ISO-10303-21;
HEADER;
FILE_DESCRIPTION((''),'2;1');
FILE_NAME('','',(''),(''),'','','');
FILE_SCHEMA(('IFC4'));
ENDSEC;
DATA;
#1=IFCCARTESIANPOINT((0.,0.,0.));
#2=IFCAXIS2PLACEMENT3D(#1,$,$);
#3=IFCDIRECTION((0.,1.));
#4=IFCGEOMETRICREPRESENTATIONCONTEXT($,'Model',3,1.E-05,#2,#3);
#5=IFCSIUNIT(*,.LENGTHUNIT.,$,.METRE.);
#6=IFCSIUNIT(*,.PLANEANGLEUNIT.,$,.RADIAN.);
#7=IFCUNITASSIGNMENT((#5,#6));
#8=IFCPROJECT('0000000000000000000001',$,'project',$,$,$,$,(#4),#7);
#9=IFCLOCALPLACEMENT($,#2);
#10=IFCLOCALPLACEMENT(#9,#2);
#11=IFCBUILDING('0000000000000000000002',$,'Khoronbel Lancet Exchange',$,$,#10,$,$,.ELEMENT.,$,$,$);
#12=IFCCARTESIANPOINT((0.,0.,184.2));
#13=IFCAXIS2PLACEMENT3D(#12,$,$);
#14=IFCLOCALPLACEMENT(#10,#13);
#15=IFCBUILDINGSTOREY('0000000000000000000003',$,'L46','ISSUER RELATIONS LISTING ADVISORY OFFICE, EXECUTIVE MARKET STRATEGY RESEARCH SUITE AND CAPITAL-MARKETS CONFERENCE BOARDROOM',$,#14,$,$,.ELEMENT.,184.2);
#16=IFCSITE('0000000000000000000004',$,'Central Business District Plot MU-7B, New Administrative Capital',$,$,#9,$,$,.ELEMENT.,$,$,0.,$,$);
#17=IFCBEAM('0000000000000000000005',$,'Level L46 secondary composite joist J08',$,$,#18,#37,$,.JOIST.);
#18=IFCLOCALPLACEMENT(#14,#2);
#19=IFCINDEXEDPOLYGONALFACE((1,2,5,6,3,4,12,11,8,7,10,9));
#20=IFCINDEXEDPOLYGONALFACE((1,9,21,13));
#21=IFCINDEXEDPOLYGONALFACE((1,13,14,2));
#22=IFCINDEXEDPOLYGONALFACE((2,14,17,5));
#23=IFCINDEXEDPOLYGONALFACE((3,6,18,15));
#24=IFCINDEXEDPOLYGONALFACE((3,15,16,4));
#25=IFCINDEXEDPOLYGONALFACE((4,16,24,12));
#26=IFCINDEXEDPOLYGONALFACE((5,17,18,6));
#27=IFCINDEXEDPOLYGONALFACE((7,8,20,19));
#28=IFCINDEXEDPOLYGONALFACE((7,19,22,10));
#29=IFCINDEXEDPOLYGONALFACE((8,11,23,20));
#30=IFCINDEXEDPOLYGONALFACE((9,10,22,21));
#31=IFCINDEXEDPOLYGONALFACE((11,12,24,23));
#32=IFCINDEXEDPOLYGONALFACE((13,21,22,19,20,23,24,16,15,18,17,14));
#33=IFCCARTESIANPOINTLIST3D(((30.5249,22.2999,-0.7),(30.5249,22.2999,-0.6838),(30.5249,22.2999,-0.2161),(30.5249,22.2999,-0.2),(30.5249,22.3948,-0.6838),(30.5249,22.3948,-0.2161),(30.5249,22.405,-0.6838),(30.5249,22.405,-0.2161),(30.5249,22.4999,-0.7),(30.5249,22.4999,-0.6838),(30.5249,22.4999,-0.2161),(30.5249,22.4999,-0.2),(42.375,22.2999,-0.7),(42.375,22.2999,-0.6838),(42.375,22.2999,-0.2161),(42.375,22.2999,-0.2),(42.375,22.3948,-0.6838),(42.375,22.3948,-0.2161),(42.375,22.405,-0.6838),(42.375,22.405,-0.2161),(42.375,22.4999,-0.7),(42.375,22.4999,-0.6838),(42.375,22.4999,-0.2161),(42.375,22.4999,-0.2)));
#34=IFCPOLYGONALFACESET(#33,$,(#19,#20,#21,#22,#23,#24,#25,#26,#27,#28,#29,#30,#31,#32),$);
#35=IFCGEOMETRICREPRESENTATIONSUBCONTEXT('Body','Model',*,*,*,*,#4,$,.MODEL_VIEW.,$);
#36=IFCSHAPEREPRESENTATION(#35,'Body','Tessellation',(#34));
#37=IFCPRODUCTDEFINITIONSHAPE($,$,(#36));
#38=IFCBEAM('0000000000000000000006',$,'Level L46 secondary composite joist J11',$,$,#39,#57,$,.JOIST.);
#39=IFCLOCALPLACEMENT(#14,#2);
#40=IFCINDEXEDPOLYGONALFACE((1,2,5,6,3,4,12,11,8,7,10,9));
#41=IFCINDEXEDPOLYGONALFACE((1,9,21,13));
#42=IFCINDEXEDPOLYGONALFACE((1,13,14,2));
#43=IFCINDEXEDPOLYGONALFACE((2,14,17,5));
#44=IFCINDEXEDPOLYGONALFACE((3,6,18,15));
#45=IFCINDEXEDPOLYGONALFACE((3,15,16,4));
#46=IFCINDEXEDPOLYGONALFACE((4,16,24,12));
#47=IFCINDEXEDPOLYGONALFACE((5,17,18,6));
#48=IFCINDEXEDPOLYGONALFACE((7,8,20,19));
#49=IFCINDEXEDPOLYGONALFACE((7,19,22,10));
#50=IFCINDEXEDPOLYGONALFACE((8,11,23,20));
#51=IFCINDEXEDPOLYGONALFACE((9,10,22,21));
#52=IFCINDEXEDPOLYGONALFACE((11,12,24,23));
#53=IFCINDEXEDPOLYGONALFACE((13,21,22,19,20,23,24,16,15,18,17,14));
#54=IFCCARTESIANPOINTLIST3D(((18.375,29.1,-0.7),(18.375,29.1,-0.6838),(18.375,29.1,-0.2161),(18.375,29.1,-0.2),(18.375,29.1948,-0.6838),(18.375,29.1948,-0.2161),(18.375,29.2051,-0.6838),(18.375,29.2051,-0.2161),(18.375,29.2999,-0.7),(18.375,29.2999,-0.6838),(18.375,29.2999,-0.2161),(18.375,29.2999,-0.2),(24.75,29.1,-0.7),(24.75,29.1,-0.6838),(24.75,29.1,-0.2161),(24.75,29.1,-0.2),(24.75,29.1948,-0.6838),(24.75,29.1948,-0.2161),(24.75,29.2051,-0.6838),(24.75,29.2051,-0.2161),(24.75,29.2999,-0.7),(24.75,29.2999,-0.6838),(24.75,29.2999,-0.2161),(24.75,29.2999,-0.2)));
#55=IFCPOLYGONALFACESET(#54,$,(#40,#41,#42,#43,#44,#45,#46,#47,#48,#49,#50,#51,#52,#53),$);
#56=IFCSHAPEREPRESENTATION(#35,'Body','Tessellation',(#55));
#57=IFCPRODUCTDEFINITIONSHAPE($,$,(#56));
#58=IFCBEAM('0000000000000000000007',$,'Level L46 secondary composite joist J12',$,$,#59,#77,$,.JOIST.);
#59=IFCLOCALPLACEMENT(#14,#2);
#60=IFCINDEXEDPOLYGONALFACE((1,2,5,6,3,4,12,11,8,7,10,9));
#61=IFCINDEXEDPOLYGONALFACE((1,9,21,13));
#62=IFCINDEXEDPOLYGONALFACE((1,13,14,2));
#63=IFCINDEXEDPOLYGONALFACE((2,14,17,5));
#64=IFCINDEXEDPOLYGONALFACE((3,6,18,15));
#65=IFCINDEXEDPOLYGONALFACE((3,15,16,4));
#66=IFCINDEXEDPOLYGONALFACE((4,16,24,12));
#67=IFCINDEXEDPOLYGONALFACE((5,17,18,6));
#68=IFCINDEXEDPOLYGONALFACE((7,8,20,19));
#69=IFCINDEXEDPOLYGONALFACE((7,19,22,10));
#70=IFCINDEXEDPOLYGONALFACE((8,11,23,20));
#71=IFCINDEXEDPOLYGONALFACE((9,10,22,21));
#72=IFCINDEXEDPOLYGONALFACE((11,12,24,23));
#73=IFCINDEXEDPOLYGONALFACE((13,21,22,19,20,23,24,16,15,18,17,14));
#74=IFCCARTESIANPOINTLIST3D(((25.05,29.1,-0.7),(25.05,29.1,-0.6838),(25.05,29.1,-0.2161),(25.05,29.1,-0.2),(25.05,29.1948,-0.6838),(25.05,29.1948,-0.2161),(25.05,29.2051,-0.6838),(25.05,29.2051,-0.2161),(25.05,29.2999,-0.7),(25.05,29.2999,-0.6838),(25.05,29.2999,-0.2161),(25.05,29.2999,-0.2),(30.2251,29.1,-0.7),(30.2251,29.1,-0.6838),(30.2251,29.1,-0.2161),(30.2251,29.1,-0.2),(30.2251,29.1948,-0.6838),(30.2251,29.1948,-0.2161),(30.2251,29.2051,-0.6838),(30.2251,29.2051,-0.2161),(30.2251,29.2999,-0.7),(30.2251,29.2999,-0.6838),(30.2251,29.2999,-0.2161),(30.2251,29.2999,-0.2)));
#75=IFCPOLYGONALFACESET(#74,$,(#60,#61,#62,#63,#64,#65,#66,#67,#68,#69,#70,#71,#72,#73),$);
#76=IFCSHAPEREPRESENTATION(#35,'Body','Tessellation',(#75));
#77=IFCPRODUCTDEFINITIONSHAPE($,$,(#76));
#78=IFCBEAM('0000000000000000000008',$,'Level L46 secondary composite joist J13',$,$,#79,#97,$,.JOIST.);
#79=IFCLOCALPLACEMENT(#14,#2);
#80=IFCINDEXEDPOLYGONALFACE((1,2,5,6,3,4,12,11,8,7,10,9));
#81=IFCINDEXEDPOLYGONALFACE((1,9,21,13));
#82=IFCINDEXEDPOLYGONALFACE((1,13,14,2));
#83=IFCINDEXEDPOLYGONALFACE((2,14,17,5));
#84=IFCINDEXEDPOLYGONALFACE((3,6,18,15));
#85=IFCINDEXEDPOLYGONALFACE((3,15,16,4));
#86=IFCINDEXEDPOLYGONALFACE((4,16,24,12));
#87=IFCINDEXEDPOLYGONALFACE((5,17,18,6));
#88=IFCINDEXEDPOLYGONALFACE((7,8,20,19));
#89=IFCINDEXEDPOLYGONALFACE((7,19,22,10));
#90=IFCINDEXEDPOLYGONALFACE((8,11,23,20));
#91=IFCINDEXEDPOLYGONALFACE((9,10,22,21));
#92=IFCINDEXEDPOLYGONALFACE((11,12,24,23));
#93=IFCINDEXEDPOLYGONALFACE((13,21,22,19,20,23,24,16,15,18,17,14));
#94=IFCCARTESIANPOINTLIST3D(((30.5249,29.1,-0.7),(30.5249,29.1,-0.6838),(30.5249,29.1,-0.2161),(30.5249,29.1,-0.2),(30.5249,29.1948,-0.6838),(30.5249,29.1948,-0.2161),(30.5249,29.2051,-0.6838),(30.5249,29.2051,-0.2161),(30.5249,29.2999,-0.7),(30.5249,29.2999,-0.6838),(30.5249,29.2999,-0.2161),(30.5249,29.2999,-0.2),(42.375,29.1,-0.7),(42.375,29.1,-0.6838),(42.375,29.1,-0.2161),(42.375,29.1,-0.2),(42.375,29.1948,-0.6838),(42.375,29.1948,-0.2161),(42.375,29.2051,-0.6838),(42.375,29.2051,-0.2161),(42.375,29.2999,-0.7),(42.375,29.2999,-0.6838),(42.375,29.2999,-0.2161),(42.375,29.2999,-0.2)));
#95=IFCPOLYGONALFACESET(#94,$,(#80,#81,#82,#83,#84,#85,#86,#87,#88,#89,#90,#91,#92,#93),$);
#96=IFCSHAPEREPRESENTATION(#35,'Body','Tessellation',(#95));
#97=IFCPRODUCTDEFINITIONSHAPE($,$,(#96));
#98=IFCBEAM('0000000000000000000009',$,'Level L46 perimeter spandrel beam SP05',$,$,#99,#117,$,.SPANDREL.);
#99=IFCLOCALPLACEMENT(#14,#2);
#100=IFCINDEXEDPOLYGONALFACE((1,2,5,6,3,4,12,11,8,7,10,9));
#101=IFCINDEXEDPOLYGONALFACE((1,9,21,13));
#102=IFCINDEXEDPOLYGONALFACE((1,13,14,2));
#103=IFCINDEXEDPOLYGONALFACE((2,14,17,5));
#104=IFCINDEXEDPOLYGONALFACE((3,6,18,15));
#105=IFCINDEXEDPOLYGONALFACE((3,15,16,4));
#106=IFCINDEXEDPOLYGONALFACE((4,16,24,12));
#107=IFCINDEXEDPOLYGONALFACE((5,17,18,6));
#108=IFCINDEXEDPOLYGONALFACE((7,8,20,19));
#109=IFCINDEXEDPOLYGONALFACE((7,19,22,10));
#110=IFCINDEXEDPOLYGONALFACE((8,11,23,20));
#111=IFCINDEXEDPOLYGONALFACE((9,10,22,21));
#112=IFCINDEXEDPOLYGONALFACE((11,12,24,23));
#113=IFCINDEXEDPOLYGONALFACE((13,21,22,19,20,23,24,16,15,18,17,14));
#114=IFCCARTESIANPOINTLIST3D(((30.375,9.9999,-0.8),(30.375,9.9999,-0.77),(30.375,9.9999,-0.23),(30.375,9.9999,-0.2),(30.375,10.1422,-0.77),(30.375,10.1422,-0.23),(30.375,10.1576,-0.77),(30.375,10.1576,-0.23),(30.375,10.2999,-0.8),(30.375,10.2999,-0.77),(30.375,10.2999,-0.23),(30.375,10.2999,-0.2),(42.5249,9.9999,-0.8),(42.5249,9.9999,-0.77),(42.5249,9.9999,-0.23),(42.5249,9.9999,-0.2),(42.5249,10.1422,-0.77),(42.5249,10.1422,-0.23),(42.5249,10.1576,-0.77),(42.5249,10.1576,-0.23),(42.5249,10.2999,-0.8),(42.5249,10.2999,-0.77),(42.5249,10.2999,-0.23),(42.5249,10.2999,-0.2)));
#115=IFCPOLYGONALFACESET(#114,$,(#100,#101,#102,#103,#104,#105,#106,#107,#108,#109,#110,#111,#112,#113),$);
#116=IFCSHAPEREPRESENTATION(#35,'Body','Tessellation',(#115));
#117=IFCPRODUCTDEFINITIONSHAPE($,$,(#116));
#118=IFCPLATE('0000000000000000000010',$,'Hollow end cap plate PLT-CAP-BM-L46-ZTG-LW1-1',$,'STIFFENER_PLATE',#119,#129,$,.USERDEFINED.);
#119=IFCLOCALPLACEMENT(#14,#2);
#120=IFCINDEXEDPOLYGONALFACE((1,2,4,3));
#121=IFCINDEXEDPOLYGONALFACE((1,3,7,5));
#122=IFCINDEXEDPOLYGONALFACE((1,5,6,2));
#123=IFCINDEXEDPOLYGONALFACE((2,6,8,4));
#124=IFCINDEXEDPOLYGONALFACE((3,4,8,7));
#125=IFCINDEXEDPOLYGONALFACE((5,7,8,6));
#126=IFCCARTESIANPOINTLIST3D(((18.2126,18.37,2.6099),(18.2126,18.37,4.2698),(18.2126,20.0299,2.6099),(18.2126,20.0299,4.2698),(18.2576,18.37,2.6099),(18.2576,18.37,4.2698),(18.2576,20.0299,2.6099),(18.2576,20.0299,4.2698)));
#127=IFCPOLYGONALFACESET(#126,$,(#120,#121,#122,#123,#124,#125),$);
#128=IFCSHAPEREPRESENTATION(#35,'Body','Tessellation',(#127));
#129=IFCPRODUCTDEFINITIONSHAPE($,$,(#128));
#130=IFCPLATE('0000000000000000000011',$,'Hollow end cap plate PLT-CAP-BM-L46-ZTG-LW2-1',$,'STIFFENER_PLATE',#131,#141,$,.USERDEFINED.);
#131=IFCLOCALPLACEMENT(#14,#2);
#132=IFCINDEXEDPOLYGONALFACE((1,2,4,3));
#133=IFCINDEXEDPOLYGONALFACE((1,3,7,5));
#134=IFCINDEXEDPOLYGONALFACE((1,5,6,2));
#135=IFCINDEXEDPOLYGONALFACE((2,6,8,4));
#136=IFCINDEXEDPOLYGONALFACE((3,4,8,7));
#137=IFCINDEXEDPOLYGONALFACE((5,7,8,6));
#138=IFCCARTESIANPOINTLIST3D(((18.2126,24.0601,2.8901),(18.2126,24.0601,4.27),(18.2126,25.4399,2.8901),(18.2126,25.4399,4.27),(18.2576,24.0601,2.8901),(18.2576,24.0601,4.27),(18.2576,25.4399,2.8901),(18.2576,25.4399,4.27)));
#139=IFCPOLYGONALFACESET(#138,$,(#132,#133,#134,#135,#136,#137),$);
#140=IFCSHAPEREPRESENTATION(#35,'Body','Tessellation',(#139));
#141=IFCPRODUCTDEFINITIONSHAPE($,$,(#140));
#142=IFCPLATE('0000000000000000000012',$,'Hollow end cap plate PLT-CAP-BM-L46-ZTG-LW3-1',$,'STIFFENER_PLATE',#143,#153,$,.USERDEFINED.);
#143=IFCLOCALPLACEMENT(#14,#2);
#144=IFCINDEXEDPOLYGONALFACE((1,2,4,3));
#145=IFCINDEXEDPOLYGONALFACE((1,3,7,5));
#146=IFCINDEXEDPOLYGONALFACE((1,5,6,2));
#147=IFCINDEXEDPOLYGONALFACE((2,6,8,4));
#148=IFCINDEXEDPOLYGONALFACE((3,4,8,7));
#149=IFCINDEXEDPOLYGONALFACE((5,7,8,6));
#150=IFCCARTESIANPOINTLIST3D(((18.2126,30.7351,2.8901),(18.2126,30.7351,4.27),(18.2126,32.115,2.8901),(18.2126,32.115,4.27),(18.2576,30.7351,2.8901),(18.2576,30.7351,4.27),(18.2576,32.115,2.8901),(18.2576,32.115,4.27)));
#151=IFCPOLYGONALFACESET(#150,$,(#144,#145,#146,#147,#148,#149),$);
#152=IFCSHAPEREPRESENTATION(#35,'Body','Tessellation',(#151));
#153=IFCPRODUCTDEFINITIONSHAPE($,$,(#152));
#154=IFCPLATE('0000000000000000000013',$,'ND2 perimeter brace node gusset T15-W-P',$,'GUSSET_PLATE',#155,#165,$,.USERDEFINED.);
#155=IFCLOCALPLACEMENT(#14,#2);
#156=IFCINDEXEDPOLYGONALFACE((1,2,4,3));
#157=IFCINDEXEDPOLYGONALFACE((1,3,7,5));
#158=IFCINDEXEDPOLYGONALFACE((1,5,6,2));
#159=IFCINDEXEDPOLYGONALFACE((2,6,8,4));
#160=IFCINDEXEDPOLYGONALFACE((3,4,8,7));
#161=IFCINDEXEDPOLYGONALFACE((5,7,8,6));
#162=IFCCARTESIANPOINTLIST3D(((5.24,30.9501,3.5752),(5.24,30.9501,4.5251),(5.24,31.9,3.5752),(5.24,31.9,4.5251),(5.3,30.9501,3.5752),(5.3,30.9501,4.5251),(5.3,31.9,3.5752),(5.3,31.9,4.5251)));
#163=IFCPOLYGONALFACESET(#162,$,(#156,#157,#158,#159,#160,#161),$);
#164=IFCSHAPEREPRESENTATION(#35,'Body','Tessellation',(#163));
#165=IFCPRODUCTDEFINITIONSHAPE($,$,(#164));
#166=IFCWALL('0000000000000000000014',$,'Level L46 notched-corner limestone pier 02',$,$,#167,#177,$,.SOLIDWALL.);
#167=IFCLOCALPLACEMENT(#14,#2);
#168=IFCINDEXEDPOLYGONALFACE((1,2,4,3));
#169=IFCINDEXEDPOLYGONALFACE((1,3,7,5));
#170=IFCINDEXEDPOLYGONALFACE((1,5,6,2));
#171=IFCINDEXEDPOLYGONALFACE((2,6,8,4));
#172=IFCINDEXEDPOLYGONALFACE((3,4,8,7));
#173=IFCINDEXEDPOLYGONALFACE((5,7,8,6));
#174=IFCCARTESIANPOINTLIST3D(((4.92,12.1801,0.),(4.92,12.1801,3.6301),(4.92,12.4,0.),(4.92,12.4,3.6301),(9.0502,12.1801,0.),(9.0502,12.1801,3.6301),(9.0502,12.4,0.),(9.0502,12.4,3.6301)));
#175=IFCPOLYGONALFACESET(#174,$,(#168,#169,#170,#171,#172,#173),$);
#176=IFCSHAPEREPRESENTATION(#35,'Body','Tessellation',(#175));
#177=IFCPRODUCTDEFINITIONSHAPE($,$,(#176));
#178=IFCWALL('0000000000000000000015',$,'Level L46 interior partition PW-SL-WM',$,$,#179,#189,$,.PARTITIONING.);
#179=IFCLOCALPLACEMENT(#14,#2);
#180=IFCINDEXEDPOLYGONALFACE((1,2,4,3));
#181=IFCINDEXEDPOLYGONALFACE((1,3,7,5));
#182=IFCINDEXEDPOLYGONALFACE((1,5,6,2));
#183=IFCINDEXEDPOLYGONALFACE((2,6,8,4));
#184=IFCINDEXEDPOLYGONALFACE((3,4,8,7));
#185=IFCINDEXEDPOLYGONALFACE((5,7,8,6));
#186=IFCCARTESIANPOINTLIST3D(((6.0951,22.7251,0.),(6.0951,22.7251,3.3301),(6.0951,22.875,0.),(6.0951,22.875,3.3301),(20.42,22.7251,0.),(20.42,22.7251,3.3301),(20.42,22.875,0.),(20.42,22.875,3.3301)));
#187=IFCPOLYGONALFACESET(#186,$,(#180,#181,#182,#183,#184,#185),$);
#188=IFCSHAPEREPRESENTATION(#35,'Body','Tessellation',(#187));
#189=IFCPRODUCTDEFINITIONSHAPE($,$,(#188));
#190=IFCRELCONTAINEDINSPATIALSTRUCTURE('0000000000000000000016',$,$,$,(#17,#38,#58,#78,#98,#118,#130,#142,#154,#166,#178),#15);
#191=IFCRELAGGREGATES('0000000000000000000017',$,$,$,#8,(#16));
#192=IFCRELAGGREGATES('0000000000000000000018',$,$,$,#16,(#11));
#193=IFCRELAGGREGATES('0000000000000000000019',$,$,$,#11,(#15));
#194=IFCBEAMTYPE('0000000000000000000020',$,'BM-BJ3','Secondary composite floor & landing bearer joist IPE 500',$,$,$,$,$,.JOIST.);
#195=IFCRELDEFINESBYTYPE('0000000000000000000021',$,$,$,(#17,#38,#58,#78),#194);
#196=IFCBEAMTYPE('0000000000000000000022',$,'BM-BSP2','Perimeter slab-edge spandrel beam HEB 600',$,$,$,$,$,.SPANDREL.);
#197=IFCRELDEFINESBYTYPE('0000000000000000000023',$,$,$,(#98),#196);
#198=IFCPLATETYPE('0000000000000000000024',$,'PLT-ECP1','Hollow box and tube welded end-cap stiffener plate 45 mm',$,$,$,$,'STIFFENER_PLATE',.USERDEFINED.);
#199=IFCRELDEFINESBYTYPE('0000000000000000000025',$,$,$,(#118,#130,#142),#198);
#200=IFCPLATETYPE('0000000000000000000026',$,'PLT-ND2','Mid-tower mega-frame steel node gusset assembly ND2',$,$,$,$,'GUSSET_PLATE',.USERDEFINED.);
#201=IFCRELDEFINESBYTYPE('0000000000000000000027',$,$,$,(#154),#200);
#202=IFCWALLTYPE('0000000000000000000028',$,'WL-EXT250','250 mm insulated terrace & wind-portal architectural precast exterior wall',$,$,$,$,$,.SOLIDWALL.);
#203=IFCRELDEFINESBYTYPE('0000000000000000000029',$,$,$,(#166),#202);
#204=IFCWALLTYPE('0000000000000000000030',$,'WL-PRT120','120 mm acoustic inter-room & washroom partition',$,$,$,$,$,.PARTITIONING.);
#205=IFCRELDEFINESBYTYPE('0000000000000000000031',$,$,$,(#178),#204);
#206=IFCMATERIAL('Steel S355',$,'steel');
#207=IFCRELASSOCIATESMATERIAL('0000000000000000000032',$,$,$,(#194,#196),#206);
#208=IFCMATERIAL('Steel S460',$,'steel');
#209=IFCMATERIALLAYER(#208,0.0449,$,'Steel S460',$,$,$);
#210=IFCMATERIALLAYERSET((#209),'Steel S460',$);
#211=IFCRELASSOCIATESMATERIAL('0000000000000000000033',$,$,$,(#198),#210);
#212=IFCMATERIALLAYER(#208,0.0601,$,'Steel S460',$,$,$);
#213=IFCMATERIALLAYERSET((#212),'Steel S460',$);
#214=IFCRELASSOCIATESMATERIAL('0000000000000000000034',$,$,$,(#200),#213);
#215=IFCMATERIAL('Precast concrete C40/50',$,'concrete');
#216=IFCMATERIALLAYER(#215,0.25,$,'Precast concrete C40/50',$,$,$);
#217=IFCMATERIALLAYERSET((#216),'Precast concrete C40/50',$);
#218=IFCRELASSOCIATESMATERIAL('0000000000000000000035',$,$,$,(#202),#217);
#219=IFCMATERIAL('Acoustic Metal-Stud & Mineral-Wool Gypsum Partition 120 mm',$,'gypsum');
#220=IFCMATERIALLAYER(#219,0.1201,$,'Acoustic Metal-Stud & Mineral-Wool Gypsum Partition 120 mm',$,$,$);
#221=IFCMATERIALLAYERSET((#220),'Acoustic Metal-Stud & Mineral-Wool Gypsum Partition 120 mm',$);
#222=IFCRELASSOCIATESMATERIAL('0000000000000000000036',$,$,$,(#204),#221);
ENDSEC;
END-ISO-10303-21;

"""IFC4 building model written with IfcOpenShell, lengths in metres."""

from ifc_helpers import new_model, si_unit, direction, frame, frame_2d, origin, origin_2d, place, context, subcontext, project, spatial, rectangle, i_section, extrude, material, layer, layer_set, material_profile, profile_set, type_object, element, save


model = new_model("IFC4")

# Units and contexts
model_context = context("Model", 3, precision=1e-05, world=origin(), true_north=direction((0.0, 1.0)))
body_context = subcontext(model_context, "Body", "Model", "MODEL_VIEW")
ifc_project = project(units=[si_unit("LENGTHUNIT", "METRE"), si_unit("PLANEANGLEUNIT", "RADIAN")], contexts=[model_context])

# Site, building, storey
site_placement = place(None, origin())
site = spatial("IfcSite", under=ifc_project, at=site_placement, Name="Central Business District Plot MU-7B, New Administrative Capital", CompositionType="ELEMENT", RefElevation=0.0)
building_placement = place(site_placement, origin())
building = spatial("IfcBuilding", under=site, at=building_placement, Name="Khoronbel Lancet Exchange", CompositionType="ELEMENT")
storey_placement = place(building_placement, frame((0.0, 0.0, 184.2)))
storey = spatial("IfcBuildingStorey", under=building, at=storey_placement, Name="L46", Description="ISSUER RELATIONS LISTING ADVISORY OFFICE, EXECUTIVE MARKET STRATEGY RESEARCH SUITE AND CAPITAL-MARKETS CONFERENCE BOARDROOM", CompositionType="ELEMENT", Elevation=184.2)

# Shared definitions
ifc_material_1 = material(Name="Steel S460", Category="steel")

# Beams
ifc_material_2 = material(Name="Steel S355", Category="steel")
ifc_material_profile_1 = material_profile(ifc_material_2, i_section(OverallWidth=0.2, OverallDepth=0.5, WebThickness=0.0103, FlangeThickness=0.0161, at=origin_2d()), Name="IPE 500")
ifc_profile_set_1 = profile_set([ifc_material_profile_1], Name="Steel S355")
beam_type_1 = type_object("IfcBeamType", Name="BM-BJ3", Description="Secondary composite floor & landing bearer joist IPE 500", PredefinedType="JOIST", material=ifc_profile_set_1)
beam_1_placement = place(storey_placement, frame((30.5249, 22.3999, -0.45), z_axis=(1.0, 0.0, 0.0), x_axis=(0.0, 1.0, 0.0)))
element("IfcBeam", 1, at=beam_1_placement, inside=storey, type_object=beam_type_1, Name="Level L46 secondary composite joist J08", PredefinedType="JOIST", context=body_context, shape_type="SweptSolid", body=[
    extrude(i_section(OverallWidth=0.2, OverallDepth=0.5, WebThickness=0.0103, FlangeThickness=0.0161, at=origin_2d()), origin(), (0.0, 0.0, 1.0), 11.8501),
])
beam_2_placement = place(storey_placement, frame((18.375, 29.2, -0.45), z_axis=(1.0, 0.0, 0.0), x_axis=(0.0, 1.0, 0.0)))
element("IfcBeam", 2, at=beam_2_placement, inside=storey, type_object=beam_type_1, Name="Level L46 secondary composite joist J11", PredefinedType="JOIST", context=body_context, shape_type="SweptSolid", body=[
    extrude(i_section(OverallWidth=0.2, OverallDepth=0.5, WebThickness=0.0103, FlangeThickness=0.0161, at=origin_2d()), origin(), (0.0, 0.0, 1.0), 6.375),
])
beam_3_placement = place(storey_placement, frame((25.05, 29.2, -0.45), z_axis=(1.0, 0.0, 0.0), x_axis=(0.0, 1.0, 0.0)))
element("IfcBeam", 3, at=beam_3_placement, inside=storey, type_object=beam_type_1, Name="Level L46 secondary composite joist J12", PredefinedType="JOIST", context=body_context, shape_type="SweptSolid", body=[
    extrude(i_section(OverallWidth=0.2, OverallDepth=0.5, WebThickness=0.0103, FlangeThickness=0.0161, at=origin_2d()), origin(), (0.0, 0.0, 1.0), 5.175),
])
beam_4_placement = place(storey_placement, frame((30.5249, 29.2, -0.45), z_axis=(1.0, 0.0, 0.0), x_axis=(0.0, 1.0, 0.0)))
element("IfcBeam", 4, at=beam_4_placement, inside=storey, type_object=beam_type_1, Name="Level L46 secondary composite joist J13", PredefinedType="JOIST", context=body_context, shape_type="SweptSolid", body=[
    extrude(i_section(OverallWidth=0.2, OverallDepth=0.5, WebThickness=0.0103, FlangeThickness=0.0161, at=origin_2d()), origin(), (0.0, 0.0, 1.0), 11.8501),
])
ifc_material_profile_2 = material_profile(ifc_material_2, i_section(OverallWidth=0.3, OverallDepth=0.6001, WebThickness=0.0154, FlangeThickness=0.03, at=origin_2d()), Name="HEB 600")
ifc_profile_set_2 = profile_set([ifc_material_profile_2], Name="Steel S355")
beam_type_2 = type_object("IfcBeamType", Name="BM-BSP2", Description="Perimeter slab-edge spandrel beam HEB 600", PredefinedType="SPANDREL", material=ifc_profile_set_2)
beam_5_placement = place(storey_placement, frame((30.375, 10.1499, -0.5), z_axis=(1.0, 0.0, 0.0), x_axis=(0.0, 1.0, 0.0)))
element("IfcBeam", 5, at=beam_5_placement, inside=storey, type_object=beam_type_2, Name="Level L46 perimeter spandrel beam SP05", PredefinedType="SPANDREL", context=body_context, shape_type="SweptSolid", body=[
    extrude(i_section(OverallWidth=0.3, OverallDepth=0.6001, WebThickness=0.0154, FlangeThickness=0.03, at=origin_2d()), origin(), (0.0, 0.0, 1.0), 12.1499),
])

# Plates
ifc_layer_1 = layer(ifc_material_1, 0.0449, Name="Steel S460")
ifc_layer_set_1 = layer_set([ifc_layer_1], Name="Steel S460")
plate_type_1 = type_object("IfcPlateType", Name="PLT-ECP1", Description="Hollow box and tube welded end-cap stiffener plate 45 mm", ElementType="STIFFENER_PLATE", PredefinedType="USERDEFINED", material=ifc_layer_set_1)
plate_1_placement = place(storey_placement, frame((18.2351, 19.2, 2.6099), z_axis=(0.0, 0.0, 1.0), x_axis=(1.0, 0.0, 0.0)))
element("IfcPlate", 6, at=plate_1_placement, inside=storey, type_object=plate_type_1, Name="Hollow end cap plate PLT-CAP-BM-L46-ZTG-LW1-1", ObjectType="STIFFENER_PLATE", PredefinedType="USERDEFINED", context=body_context, shape_type="SweptSolid", body=[
    extrude(rectangle(XDim=0.0449, YDim=1.6599, at=origin_2d()), origin(), (0.0, 0.0, 1.0), 1.6599),
])
for number, where, z_axis, x_axis, name in (
    (7, (18.2351, 24.75, 2.8901), (0.0, 0.0, 1.0), (1.0, 0.0, 0.0), "Hollow end cap plate PLT-CAP-BM-L46-ZTG-LW2-1"),
    (8, (18.2351, 31.425, 2.8901), (0.0, 0.0, 1.0), (1.0, 0.0, 0.0), "Hollow end cap plate PLT-CAP-BM-L46-ZTG-LW3-1"),
):
    element("IfcPlate", number, at=place(storey_placement, frame(where, z_axis=z_axis, x_axis=x_axis)), inside=storey, type_object=plate_type_1, Name=name, ObjectType="STIFFENER_PLATE", PredefinedType="USERDEFINED", context=body_context, shape_type="SweptSolid", body=[
        extrude(rectangle(XDim=0.0449, YDim=1.3799, at=origin_2d()), origin(), (0.0, 0.0, 1.0), 1.3799),
    ])
ifc_layer_2 = layer(ifc_material_1, 0.0601, Name="Steel S460")
ifc_layer_set_2 = layer_set([ifc_layer_2], Name="Steel S460")
plate_type_2 = type_object("IfcPlateType", Name="PLT-ND2", Description="Mid-tower mega-frame steel node gusset assembly ND2", ElementType="GUSSET_PLATE", PredefinedType="USERDEFINED", material=ifc_layer_set_2)
plate_2_placement = place(storey_placement, frame((5.27, 31.425, 3.5752), z_axis=(0.0, 0.0, 1.0), x_axis=(0.0, 1.0, 0.0)))
element("IfcPlate", 9, at=plate_2_placement, inside=storey, type_object=plate_type_2, Name="ND2 perimeter brace node gusset T15-W-P", ObjectType="GUSSET_PLATE", PredefinedType="USERDEFINED", context=body_context, shape_type="SweptSolid", body=[
    extrude(rectangle(XDim=0.95, YDim=0.0601, at=origin_2d()), origin(), (0.0, 0.0, 1.0), 0.95),
])

# Walls
ifc_material_3 = material(Name="Precast concrete C40/50", Category="concrete")
ifc_layer_3 = layer(ifc_material_3, 0.25, Name="Precast concrete C40/50")
ifc_layer_set_3 = layer_set([ifc_layer_3], Name="Precast concrete C40/50")
wall_type_1 = type_object("IfcWallType", Name="WL-EXT250", Description="250 mm insulated terrace & wind-portal architectural precast exterior wall", PredefinedType="SOLIDWALL", material=ifc_layer_set_3)
wall_1_placement = place(storey_placement, frame((9.05, 12.29, 0.0), z_axis=(0.0, 0.0, 1.0), x_axis=(-1.0, 0.0, 0.0)))
element("IfcWall", 10, at=wall_1_placement, inside=storey, type_object=wall_type_1, Name="Level L46 notched-corner limestone pier 02", PredefinedType="SOLIDWALL", context=body_context, shape_type="SweptSolid", body=[
    extrude(rectangle(XDim=4.1301, YDim=0.22, at=frame_2d((2.0649, 0.0))), origin(), (0.0, 0.0, 1.0), 3.6301),
])
ifc_material_4 = material(Name="Acoustic Metal-Stud & Mineral-Wool Gypsum Partition 120 mm", Category="gypsum")
ifc_layer_4 = layer(ifc_material_4, 0.1201, Name="Acoustic Metal-Stud & Mineral-Wool Gypsum Partition 120 mm")
ifc_layer_set_4 = layer_set([ifc_layer_4], Name="Acoustic Metal-Stud & Mineral-Wool Gypsum Partition 120 mm")
wall_type_2 = type_object("IfcWallType", Name="WL-PRT120", Description="120 mm acoustic inter-room & washroom partition", PredefinedType="PARTITIONING", material=ifc_layer_set_4)
wall_2_placement = place(storey_placement, frame((6.095, 22.8, 0.0), z_axis=(0.0, 0.0, 1.0), x_axis=(1.0, 0.0, 0.0)))
element("IfcWall", 11, at=wall_2_placement, inside=storey, type_object=wall_type_2, Name="Level L46 interior partition PW-SL-WM", PredefinedType="PARTITIONING", context=body_context, shape_type="SweptSolid", body=[
    extrude(rectangle(XDim=14.325, YDim=0.1499, at=frame_2d((7.1626, 0.0))), origin(), (0.0, 0.0, 1.0), 3.3301),
])

save(model, "model.ifc")
